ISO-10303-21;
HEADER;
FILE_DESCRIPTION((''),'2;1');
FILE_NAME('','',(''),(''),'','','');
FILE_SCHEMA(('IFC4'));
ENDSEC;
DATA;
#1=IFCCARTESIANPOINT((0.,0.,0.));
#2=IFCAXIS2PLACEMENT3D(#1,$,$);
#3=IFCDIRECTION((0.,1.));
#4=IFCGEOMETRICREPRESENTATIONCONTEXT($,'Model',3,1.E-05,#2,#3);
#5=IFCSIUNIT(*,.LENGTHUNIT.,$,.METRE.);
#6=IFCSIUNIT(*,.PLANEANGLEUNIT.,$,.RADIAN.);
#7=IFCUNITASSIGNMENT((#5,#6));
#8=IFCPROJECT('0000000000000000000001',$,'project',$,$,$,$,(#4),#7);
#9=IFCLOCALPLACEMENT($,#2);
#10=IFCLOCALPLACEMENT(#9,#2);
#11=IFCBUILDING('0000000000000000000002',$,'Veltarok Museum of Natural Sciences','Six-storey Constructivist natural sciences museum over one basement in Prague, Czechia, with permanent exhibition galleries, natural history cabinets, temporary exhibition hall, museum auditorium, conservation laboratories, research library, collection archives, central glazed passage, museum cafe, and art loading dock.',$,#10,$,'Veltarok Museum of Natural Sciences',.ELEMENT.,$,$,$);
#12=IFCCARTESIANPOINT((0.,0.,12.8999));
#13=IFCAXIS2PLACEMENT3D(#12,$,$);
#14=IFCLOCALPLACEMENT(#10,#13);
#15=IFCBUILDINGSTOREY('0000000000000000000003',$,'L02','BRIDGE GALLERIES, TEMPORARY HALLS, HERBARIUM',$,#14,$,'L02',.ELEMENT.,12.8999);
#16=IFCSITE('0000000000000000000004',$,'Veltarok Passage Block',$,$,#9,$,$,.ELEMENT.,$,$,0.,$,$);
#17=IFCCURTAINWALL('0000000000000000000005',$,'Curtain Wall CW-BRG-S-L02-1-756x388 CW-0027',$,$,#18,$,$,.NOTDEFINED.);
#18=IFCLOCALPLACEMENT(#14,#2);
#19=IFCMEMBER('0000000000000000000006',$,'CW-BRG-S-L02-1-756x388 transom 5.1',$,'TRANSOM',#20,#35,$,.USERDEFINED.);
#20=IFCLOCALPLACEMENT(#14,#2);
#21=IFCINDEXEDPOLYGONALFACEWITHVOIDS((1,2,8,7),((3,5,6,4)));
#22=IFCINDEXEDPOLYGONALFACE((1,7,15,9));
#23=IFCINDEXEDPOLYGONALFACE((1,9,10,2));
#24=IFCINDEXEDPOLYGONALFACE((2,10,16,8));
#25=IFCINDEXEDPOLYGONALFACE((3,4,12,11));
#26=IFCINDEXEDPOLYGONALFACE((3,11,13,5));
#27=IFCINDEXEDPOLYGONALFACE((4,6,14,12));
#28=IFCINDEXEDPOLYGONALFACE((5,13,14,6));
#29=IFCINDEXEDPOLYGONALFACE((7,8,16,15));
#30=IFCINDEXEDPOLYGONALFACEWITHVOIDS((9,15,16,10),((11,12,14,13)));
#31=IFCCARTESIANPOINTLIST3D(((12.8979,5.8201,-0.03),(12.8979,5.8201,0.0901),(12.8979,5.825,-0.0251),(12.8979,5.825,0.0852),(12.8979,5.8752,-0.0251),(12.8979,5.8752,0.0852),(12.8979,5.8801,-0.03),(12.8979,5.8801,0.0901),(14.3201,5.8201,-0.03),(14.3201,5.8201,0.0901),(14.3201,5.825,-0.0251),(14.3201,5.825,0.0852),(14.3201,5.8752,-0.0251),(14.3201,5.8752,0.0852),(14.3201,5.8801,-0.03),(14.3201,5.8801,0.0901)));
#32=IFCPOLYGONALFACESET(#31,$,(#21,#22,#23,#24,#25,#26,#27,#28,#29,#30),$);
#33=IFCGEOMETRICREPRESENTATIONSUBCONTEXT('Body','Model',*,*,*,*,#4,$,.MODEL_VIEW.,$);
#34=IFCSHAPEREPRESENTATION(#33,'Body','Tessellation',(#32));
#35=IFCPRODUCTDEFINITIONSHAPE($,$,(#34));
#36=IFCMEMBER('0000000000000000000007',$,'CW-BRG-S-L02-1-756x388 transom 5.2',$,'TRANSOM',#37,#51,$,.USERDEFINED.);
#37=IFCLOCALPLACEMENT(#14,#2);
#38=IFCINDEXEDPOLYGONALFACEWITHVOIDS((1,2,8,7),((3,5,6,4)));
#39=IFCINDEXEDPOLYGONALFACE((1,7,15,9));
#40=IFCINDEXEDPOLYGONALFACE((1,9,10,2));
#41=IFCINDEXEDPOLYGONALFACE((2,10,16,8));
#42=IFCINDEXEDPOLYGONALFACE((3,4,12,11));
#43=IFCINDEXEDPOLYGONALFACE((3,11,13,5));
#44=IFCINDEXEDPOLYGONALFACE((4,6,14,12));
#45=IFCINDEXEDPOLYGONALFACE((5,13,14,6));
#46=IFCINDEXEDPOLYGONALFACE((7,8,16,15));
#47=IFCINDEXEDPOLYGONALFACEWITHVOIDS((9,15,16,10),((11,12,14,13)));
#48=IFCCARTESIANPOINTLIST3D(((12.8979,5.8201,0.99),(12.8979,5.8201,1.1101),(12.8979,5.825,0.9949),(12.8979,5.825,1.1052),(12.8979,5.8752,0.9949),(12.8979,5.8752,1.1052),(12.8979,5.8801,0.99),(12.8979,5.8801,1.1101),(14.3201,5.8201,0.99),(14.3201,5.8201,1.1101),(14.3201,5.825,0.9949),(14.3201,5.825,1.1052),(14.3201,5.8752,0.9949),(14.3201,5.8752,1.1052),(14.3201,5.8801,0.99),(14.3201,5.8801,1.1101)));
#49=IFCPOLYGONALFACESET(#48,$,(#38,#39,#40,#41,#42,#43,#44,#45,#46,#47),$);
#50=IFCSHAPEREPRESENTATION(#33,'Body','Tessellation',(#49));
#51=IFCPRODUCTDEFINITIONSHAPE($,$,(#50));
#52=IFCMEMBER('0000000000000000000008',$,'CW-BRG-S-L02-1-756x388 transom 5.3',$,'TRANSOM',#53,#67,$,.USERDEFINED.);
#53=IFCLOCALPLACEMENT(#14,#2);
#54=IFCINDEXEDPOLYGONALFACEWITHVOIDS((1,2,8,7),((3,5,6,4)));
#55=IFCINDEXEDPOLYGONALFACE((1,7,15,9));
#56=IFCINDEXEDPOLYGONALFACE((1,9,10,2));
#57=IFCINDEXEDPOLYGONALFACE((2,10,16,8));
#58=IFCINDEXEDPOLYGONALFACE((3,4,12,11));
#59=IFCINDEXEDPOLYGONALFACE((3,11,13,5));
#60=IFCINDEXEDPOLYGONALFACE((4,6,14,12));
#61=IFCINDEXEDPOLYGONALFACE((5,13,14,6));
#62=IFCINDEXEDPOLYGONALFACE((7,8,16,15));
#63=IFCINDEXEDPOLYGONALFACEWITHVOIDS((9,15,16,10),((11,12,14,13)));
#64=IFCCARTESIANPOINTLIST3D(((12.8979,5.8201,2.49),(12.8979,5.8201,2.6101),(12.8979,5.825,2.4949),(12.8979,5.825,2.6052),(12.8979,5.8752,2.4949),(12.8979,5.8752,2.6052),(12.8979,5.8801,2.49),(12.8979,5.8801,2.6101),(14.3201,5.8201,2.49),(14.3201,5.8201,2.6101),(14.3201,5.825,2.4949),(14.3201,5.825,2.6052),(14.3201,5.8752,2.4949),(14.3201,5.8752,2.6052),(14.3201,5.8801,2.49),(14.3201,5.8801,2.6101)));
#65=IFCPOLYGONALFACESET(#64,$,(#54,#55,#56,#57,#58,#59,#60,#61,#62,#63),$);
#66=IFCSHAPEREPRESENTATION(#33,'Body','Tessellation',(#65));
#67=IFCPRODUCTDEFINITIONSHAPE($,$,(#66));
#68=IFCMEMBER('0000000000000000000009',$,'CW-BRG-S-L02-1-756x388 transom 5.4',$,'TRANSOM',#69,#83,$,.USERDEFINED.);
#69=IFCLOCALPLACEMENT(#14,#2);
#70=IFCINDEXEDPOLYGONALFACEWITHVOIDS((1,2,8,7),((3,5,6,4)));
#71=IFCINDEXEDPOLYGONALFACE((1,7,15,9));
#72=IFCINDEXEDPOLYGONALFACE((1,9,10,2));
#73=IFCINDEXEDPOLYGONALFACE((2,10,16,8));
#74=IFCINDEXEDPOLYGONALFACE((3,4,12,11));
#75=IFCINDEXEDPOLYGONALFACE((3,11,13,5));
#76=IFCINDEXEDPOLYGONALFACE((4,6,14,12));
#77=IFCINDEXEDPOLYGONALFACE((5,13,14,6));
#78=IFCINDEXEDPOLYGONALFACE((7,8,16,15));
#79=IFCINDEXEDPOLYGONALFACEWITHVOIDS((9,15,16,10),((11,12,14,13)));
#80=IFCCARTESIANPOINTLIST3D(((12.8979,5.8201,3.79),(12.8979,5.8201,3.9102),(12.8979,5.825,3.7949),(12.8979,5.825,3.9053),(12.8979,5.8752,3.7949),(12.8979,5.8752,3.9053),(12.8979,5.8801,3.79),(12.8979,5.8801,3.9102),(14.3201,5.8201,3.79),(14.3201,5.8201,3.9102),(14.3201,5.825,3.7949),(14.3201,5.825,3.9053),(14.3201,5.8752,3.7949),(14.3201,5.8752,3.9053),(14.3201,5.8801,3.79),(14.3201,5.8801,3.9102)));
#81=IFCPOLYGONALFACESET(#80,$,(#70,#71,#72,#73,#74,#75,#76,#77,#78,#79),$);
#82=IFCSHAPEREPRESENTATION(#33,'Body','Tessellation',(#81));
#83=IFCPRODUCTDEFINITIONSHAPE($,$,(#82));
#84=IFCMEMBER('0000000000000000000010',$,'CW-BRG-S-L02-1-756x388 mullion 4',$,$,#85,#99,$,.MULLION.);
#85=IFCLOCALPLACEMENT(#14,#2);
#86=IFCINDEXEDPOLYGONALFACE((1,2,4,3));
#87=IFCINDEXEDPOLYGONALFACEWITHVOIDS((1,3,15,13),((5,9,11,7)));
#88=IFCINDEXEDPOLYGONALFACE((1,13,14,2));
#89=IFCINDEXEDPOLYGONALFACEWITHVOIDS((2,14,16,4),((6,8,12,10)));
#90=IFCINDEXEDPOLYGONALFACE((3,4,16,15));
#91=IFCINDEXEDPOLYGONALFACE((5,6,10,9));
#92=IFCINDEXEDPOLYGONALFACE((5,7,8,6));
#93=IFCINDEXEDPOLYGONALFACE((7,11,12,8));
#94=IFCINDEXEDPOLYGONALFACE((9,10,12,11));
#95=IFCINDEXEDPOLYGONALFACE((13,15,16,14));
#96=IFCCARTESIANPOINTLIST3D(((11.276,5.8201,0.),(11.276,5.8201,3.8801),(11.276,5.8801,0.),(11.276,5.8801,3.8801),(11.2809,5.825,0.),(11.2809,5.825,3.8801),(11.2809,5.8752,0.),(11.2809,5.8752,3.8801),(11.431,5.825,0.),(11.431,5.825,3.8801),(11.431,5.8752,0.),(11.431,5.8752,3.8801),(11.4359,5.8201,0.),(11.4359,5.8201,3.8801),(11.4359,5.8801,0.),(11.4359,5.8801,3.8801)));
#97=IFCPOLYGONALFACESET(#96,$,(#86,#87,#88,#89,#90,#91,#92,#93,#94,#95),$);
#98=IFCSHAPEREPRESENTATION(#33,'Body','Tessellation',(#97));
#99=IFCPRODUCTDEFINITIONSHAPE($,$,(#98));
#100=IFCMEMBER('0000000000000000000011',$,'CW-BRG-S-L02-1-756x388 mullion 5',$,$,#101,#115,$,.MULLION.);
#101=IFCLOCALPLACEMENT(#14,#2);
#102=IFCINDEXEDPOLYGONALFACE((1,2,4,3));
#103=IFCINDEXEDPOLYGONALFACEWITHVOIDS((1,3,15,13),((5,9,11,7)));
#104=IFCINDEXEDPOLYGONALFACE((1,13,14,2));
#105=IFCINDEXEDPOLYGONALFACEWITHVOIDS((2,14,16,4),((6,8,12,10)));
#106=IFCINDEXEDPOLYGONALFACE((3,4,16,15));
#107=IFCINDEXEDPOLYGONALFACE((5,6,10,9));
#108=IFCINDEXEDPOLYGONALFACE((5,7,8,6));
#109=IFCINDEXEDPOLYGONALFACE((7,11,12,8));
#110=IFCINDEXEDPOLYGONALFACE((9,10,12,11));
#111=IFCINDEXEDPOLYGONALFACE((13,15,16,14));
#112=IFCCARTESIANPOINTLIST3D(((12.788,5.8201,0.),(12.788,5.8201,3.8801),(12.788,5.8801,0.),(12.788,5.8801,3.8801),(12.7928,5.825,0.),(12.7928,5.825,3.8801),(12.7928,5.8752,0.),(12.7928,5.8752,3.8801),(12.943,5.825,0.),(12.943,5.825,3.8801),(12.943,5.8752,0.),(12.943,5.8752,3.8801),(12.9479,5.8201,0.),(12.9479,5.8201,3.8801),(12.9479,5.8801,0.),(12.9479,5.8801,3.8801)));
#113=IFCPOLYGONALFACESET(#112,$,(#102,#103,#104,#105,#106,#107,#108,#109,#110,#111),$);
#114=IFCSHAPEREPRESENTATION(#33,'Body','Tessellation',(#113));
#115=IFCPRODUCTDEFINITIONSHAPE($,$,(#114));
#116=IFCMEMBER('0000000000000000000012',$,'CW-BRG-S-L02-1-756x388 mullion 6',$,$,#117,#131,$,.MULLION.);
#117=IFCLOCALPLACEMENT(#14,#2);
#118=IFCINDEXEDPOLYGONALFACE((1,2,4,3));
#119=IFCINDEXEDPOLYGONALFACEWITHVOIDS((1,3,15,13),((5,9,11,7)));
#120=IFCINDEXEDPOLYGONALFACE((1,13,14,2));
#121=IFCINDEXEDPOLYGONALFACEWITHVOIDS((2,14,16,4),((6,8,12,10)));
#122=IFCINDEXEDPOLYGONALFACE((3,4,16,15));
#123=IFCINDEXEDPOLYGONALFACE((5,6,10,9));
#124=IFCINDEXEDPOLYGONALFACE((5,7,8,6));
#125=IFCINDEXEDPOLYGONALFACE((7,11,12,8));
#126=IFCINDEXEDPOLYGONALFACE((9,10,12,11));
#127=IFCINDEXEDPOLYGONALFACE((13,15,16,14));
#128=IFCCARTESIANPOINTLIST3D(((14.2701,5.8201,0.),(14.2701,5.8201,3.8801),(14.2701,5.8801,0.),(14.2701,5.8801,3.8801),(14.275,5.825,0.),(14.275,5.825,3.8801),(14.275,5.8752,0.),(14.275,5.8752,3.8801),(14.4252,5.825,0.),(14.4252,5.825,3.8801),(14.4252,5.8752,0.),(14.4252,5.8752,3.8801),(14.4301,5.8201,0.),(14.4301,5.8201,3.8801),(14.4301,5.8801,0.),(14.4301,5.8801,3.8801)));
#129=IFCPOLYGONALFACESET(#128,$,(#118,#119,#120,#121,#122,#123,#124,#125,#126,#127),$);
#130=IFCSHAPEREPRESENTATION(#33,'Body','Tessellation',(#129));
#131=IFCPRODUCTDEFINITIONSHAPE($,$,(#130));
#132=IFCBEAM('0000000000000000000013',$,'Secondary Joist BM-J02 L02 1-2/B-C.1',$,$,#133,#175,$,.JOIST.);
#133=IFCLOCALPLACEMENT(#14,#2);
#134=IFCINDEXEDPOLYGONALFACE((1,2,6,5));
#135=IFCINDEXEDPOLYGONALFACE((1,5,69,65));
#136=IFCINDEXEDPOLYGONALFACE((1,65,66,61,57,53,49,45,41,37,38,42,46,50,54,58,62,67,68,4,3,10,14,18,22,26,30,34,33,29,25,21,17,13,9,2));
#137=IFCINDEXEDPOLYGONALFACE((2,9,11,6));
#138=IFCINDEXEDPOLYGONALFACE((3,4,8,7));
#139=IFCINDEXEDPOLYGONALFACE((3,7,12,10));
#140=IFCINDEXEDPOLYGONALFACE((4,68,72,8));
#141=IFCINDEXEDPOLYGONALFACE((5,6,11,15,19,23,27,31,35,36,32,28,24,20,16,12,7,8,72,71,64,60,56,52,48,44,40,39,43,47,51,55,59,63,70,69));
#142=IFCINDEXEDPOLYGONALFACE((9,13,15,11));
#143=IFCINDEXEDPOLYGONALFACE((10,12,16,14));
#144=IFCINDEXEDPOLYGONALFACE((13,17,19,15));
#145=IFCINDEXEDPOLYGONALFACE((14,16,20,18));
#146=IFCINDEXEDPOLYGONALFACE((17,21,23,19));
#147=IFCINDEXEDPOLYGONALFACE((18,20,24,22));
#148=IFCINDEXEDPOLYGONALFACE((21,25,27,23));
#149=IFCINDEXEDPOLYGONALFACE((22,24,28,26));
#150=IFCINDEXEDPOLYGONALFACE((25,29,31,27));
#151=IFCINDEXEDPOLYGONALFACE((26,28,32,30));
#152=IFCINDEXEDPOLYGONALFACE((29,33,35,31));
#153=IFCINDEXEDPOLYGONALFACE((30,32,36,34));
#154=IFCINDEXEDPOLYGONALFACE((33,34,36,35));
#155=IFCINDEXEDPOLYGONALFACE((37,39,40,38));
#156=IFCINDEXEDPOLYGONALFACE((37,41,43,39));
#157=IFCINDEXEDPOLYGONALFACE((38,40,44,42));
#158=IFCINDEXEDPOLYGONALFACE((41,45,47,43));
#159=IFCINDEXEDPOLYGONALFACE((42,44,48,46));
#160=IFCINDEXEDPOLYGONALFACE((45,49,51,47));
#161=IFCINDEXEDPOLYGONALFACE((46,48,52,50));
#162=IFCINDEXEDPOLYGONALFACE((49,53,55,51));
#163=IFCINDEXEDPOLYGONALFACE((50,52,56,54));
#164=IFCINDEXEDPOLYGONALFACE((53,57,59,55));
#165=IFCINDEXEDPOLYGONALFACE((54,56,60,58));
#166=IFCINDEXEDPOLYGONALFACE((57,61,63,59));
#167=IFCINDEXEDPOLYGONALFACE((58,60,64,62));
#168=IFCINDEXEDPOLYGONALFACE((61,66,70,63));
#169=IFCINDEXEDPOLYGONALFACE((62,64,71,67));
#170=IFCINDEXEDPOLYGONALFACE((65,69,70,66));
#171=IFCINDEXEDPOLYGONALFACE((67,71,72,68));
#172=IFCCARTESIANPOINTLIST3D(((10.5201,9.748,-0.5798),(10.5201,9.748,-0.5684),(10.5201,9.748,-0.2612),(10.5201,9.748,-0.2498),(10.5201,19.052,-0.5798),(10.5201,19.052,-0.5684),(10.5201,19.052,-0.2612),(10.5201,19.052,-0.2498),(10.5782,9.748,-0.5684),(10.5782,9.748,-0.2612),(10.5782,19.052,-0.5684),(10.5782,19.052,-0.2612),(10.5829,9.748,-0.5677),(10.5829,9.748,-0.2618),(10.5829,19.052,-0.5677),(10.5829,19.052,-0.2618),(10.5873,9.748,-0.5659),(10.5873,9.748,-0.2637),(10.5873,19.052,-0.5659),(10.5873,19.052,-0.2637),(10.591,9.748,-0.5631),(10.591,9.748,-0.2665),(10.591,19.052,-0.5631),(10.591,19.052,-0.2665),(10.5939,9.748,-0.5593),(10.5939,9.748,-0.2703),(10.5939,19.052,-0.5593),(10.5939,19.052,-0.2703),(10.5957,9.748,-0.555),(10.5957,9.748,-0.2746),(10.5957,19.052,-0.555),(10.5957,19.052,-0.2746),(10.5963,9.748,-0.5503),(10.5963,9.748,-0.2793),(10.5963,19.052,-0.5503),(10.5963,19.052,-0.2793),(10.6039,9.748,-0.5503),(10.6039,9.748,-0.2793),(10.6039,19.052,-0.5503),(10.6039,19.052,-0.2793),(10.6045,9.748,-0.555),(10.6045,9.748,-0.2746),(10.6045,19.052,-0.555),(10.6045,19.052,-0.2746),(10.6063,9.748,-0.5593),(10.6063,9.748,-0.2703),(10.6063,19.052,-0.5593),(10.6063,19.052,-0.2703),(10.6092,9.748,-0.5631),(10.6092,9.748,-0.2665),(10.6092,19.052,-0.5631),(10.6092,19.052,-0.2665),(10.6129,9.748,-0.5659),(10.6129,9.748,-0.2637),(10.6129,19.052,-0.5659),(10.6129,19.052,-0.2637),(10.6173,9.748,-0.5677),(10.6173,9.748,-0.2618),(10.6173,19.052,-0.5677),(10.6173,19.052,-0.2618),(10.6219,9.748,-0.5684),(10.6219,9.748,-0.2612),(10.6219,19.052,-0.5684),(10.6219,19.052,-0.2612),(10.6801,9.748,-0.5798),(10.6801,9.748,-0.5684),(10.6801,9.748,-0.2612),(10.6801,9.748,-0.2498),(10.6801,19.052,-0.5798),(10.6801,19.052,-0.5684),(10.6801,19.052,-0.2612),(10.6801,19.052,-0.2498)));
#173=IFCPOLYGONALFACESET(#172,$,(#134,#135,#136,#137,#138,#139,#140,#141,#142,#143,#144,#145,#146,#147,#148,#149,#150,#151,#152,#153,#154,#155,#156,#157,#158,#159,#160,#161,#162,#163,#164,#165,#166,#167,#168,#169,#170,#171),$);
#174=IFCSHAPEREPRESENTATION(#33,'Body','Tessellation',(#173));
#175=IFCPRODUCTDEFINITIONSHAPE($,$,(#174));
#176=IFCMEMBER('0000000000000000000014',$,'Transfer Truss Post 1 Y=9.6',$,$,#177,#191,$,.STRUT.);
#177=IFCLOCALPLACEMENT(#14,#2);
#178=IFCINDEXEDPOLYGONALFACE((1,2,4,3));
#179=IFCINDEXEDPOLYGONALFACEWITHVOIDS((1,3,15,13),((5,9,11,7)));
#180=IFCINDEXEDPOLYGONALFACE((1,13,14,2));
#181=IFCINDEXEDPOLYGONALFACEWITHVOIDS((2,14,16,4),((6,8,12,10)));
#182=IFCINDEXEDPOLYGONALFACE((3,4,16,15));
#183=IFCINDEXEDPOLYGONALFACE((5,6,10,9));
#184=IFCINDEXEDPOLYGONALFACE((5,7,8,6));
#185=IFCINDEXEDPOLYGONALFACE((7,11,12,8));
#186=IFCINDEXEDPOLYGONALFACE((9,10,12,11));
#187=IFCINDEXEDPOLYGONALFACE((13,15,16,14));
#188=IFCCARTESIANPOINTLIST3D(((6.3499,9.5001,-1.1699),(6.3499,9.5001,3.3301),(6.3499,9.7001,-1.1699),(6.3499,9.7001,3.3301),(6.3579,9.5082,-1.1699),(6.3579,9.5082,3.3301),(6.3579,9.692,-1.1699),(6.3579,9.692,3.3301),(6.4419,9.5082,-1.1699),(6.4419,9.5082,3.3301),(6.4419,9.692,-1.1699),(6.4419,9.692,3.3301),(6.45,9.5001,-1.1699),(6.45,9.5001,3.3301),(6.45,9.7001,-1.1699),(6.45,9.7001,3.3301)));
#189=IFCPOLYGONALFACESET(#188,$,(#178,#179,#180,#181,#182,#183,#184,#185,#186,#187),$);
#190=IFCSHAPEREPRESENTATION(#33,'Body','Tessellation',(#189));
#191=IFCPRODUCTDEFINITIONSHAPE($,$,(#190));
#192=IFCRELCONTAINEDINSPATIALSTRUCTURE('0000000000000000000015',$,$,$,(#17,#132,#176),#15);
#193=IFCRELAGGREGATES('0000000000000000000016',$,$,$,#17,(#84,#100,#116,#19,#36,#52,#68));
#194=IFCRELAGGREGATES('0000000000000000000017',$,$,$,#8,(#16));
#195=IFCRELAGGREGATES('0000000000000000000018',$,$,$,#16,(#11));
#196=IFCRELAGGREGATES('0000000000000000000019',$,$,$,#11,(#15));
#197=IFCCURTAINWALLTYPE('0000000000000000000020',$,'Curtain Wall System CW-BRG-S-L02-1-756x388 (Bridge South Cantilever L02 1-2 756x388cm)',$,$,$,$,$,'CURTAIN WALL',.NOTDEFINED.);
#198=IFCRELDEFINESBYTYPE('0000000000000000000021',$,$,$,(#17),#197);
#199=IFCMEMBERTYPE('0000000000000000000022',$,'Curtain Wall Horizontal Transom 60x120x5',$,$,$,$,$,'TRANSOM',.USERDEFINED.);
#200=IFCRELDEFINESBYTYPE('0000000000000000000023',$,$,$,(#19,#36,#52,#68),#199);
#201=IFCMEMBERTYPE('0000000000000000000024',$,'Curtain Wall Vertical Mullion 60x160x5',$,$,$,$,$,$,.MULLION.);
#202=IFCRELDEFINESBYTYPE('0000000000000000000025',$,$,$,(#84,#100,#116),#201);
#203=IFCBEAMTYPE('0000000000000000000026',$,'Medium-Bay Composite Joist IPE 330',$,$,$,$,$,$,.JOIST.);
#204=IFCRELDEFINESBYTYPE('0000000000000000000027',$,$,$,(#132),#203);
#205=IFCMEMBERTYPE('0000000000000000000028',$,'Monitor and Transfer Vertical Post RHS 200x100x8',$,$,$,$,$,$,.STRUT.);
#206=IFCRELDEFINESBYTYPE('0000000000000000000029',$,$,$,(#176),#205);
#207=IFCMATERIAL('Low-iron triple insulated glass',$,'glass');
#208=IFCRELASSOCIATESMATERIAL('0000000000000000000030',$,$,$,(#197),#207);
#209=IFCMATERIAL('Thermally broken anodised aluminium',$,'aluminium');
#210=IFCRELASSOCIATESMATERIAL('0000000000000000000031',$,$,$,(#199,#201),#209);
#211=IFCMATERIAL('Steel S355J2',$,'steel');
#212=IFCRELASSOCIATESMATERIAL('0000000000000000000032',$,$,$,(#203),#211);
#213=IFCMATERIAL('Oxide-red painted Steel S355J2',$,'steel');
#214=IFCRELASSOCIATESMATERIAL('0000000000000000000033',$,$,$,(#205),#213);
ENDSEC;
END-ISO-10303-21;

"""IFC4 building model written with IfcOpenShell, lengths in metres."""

from ifc_helpers import new_model, si_unit, direction, frame, origin, origin_2d, place, context, subcontext, project, spatial, hollow_rectangle, i_section, extrude, material, material_profile, profile_set, type_object, element, aggregate, save


model = new_model("IFC4")

# Units and contexts
model_context = context("Model", 3, precision=1e-05, world=origin(), true_north=direction((0.0, 1.0)))
body_context = subcontext(model_context, "Body", "Model", "MODEL_VIEW")
ifc_project = project(units=[si_unit("LENGTHUNIT", "METRE"), si_unit("PLANEANGLEUNIT", "RADIAN")], contexts=[model_context])

# Site, building, storey
site_placement = place(None, origin())
site = spatial("IfcSite", under=ifc_project, at=site_placement, Name="Veltarok Passage Block", CompositionType="ELEMENT", RefElevation=0.0)
building_placement = place(site_placement, origin())
building = spatial("IfcBuilding", under=site, at=building_placement, Name="Veltarok Museum of Natural Sciences", Description="Six-storey Constructivist natural sciences museum over one basement in Prague, Czechia, with permanent exhibition galleries, natural history cabinets, temporary exhibition hall, museum auditorium, conservation laboratories, research library, collection archives, central glazed passage, museum cafe, and art loading dock.", LongName="Veltarok Museum of Natural Sciences", CompositionType="ELEMENT")
storey_placement = place(building_placement, frame((0.0, 0.0, 12.8999)))
storey = spatial("IfcBuildingStorey", under=building, at=storey_placement, Name="L02", Description="BRIDGE GALLERIES, TEMPORARY HALLS, HERBARIUM", LongName="L02", CompositionType="ELEMENT", Elevation=12.8999)

# Shared definitions
ifc_material_1 = material(Name="Steel S355J2", Category="steel")

# Curtain wall, members
ifc_material_2 = material(Name="Low-iron triple insulated glass", Category="glass")
curtain_wall_type = type_object("IfcCurtainWallType", Name="Curtain Wall System CW-BRG-S-L02-1-756x388 (Bridge South Cantilever L02 1-2 756x388cm)", ElementType="CURTAIN WALL", PredefinedType="NOTDEFINED", material=ifc_material_2)
curtain_wall_placement = place(storey_placement, origin())
curtain_wall = element("IfcCurtainWall", 1, at=curtain_wall_placement, inside=storey, type_object=curtain_wall_type, Name="Curtain Wall CW-BRG-S-L02-1-756x388 CW-0027", PredefinedType="NOTDEFINED")
ifc_material_3 = material(Name="Thermally broken anodised aluminium", Category="aluminium")
ifc_material_profile_1 = material_profile(ifc_material_3, hollow_rectangle(XDim=0.0601, YDim=0.1201, WallThickness=0.0049, at=origin_2d()), Name="CW TRANSOM 60x120x5")
ifc_profile_set_1 = profile_set([ifc_material_profile_1], Name="Thermally broken anodised aluminium")
member_type_1 = type_object("IfcMemberType", Name="Curtain Wall Horizontal Transom 60x120x5", ElementType="TRANSOM", PredefinedType="USERDEFINED", material=ifc_profile_set_1)
member_1_placement = place(storey_placement, frame((12.8979, 5.8501, 0.03), z_axis=(1.0, 0.0, 0.0), x_axis=(0.0, 1.0, 0.0)))
member_1 = element("IfcMember", 2, at=member_1_placement, type_object=member_type_1, Name="CW-BRG-S-L02-1-756x388 transom 5.1", ObjectType="TRANSOM", PredefinedType="USERDEFINED", context=body_context, shape_type="SweptSolid", body=[
    extrude(hollow_rectangle(XDim=0.0601, YDim=0.1201, WallThickness=0.0049, at=origin_2d()), origin(), (0.0, 0.0, 1.0), 1.4221),
])
member_2_placement = place(storey_placement, frame((12.8979, 5.8501, 1.05), z_axis=(1.0, 0.0, 0.0), x_axis=(0.0, 1.0, 0.0)))
member_2 = element("IfcMember", 3, at=member_2_placement, type_object=member_type_1, Name="CW-BRG-S-L02-1-756x388 transom 5.2", ObjectType="TRANSOM", PredefinedType="USERDEFINED", context=body_context, shape_type="SweptSolid", body=[
    extrude(hollow_rectangle(XDim=0.0601, YDim=0.1201, WallThickness=0.0049, at=origin_2d()), origin(), (0.0, 0.0, 1.0), 1.4221),
])
member_3_placement = place(storey_placement, frame((12.8979, 5.8501, 2.55), z_axis=(1.0, 0.0, 0.0), x_axis=(0.0, 1.0, 0.0)))
member_3 = element("IfcMember", 4, at=member_3_placement, type_object=member_type_1, Name="CW-BRG-S-L02-1-756x388 transom 5.3", ObjectType="TRANSOM", PredefinedType="USERDEFINED", context=body_context, shape_type="SweptSolid", body=[
    extrude(hollow_rectangle(XDim=0.0601, YDim=0.1201, WallThickness=0.0049, at=origin_2d()), origin(), (0.0, 0.0, 1.0), 1.4221),
])
member_4_placement = place(storey_placement, frame((12.8979, 5.8501, 3.8501), z_axis=(1.0, 0.0, 0.0), x_axis=(0.0, 1.0, 0.0)))
member_4 = element("IfcMember", 5, at=member_4_placement, type_object=member_type_1, Name="CW-BRG-S-L02-1-756x388 transom 5.4", ObjectType="TRANSOM", PredefinedType="USERDEFINED", context=body_context, shape_type="SweptSolid", body=[
    extrude(hollow_rectangle(XDim=0.0601, YDim=0.1201, WallThickness=0.0049, at=origin_2d()), origin(), (0.0, 0.0, 1.0), 1.4221),
])
ifc_material_profile_2 = material_profile(ifc_material_3, hollow_rectangle(XDim=0.0601, YDim=0.1599, WallThickness=0.0049, at=origin_2d()), Name="CW MULLION 60x160x5")
ifc_profile_set_2 = profile_set([ifc_material_profile_2], Name="Thermally broken anodised aluminium")
member_type_2 = type_object("IfcMemberType", Name="Curtain Wall Vertical Mullion 60x160x5", PredefinedType="MULLION", material=ifc_profile_set_2)
member_5_placement = place(storey_placement, frame((11.356, 5.8501, 0.0), z_axis=(0.0, 0.0, 1.0), x_axis=(0.0, 1.0, 0.0)))
member_5 = element("IfcMember", 6, at=member_5_placement, type_object=member_type_2, Name="CW-BRG-S-L02-1-756x388 mullion 4", PredefinedType="MULLION", context=body_context, shape_type="SweptSolid", body=[
    extrude(hollow_rectangle(XDim=0.0601, YDim=0.1599, WallThickness=0.0049, at=origin_2d()), origin(), (0.0, 0.0, 1.0), 3.8801),
])
member_6_placement = place(storey_placement, frame((12.8679, 5.8501, 0.0), z_axis=(0.0, 0.0, 1.0), x_axis=(0.0, 1.0, 0.0)))
member_6 = element("IfcMember", 7, at=member_6_placement, type_object=member_type_2, Name="CW-BRG-S-L02-1-756x388 mullion 5", PredefinedType="MULLION", context=body_context, shape_type="SweptSolid", body=[
    extrude(hollow_rectangle(XDim=0.0601, YDim=0.1599, WallThickness=0.0049, at=origin_2d()), origin(), (0.0, 0.0, 1.0), 3.8801),
])
member_7_placement = place(storey_placement, frame((14.3501, 5.8501, 0.0), z_axis=(0.0, 0.0, 1.0), x_axis=(0.0, 1.0, 0.0)))
member_7 = element("IfcMember", 8, at=member_7_placement, type_object=member_type_2, Name="CW-BRG-S-L02-1-756x388 mullion 6", PredefinedType="MULLION", context=body_context, shape_type="SweptSolid", body=[
    extrude(hollow_rectangle(XDim=0.0601, YDim=0.1599, WallThickness=0.0049, at=origin_2d()), origin(), (0.0, 0.0, 1.0), 3.8801),
])

# Beam
ifc_material_profile_3 = material_profile(ifc_material_1, i_section(OverallWidth=0.1599, OverallDepth=0.3301, WebThickness=0.0076, FlangeThickness=0.0115, FilletRadius=0.0181, at=origin_2d()), Name="IPE 330")
ifc_profile_set_3 = profile_set([ifc_material_profile_3], Name="Steel S355J2")
beam_type_1 = type_object("IfcBeamType", Name="Medium-Bay Composite Joist IPE 330", PredefinedType="JOIST", material=ifc_profile_set_3)
beam_1_placement = place(storey_placement, frame((10.6001, 9.748, -0.4148), z_axis=(0.0, 1.0, 0.0), x_axis=(-1.0, 0.0, 0.0)))
element("IfcBeam", 9, at=beam_1_placement, inside=storey, type_object=beam_type_1, Name="Secondary Joist BM-J02 L02 1-2/B-C.1", PredefinedType="JOIST", context=body_context, shape_type="SweptSolid", body=[
    extrude(i_section(OverallWidth=0.1599, OverallDepth=0.3301, WebThickness=0.0076, FlangeThickness=0.0115, FilletRadius=0.0181, at=origin_2d()), origin(), (0.0, 0.0, 1.0), 9.304),
])

# Member
ifc_material_4 = material(Name="Oxide-red painted Steel S355J2", Category="steel")
ifc_material_profile_4 = material_profile(ifc_material_4, hollow_rectangle(XDim=0.1001, YDim=0.2, WallThickness=0.0081, at=origin_2d()), Name="RHS 200x100x8")
ifc_profile_set_4 = profile_set([ifc_material_profile_4], Name="Oxide-red painted Steel S355J2")
member_type_3 = type_object("IfcMemberType", Name="Monitor and Transfer Vertical Post RHS 200x100x8", PredefinedType="STRUT", material=ifc_profile_set_4)
member_8_placement = place(storey_placement, frame((6.3999, 9.6001, -1.1699), z_axis=(0.0, 0.0, 1.0), x_axis=(1.0, 0.0, 0.0)))
element("IfcMember", 10, at=member_8_placement, inside=storey, type_object=member_type_3, Name="Transfer Truss Post 1 Y=9.6", PredefinedType="STRUT", context=body_context, shape_type="SweptSolid", body=[
    extrude(hollow_rectangle(XDim=0.1001, YDim=0.2, WallThickness=0.0081, at=origin_2d()), origin(), (0.0, 0.0, 1.0), 4.5),
])

aggregate(curtain_wall, [member_5, member_6, member_7, member_1, member_2, member_3, member_4])

save(model, "model.ifc")
